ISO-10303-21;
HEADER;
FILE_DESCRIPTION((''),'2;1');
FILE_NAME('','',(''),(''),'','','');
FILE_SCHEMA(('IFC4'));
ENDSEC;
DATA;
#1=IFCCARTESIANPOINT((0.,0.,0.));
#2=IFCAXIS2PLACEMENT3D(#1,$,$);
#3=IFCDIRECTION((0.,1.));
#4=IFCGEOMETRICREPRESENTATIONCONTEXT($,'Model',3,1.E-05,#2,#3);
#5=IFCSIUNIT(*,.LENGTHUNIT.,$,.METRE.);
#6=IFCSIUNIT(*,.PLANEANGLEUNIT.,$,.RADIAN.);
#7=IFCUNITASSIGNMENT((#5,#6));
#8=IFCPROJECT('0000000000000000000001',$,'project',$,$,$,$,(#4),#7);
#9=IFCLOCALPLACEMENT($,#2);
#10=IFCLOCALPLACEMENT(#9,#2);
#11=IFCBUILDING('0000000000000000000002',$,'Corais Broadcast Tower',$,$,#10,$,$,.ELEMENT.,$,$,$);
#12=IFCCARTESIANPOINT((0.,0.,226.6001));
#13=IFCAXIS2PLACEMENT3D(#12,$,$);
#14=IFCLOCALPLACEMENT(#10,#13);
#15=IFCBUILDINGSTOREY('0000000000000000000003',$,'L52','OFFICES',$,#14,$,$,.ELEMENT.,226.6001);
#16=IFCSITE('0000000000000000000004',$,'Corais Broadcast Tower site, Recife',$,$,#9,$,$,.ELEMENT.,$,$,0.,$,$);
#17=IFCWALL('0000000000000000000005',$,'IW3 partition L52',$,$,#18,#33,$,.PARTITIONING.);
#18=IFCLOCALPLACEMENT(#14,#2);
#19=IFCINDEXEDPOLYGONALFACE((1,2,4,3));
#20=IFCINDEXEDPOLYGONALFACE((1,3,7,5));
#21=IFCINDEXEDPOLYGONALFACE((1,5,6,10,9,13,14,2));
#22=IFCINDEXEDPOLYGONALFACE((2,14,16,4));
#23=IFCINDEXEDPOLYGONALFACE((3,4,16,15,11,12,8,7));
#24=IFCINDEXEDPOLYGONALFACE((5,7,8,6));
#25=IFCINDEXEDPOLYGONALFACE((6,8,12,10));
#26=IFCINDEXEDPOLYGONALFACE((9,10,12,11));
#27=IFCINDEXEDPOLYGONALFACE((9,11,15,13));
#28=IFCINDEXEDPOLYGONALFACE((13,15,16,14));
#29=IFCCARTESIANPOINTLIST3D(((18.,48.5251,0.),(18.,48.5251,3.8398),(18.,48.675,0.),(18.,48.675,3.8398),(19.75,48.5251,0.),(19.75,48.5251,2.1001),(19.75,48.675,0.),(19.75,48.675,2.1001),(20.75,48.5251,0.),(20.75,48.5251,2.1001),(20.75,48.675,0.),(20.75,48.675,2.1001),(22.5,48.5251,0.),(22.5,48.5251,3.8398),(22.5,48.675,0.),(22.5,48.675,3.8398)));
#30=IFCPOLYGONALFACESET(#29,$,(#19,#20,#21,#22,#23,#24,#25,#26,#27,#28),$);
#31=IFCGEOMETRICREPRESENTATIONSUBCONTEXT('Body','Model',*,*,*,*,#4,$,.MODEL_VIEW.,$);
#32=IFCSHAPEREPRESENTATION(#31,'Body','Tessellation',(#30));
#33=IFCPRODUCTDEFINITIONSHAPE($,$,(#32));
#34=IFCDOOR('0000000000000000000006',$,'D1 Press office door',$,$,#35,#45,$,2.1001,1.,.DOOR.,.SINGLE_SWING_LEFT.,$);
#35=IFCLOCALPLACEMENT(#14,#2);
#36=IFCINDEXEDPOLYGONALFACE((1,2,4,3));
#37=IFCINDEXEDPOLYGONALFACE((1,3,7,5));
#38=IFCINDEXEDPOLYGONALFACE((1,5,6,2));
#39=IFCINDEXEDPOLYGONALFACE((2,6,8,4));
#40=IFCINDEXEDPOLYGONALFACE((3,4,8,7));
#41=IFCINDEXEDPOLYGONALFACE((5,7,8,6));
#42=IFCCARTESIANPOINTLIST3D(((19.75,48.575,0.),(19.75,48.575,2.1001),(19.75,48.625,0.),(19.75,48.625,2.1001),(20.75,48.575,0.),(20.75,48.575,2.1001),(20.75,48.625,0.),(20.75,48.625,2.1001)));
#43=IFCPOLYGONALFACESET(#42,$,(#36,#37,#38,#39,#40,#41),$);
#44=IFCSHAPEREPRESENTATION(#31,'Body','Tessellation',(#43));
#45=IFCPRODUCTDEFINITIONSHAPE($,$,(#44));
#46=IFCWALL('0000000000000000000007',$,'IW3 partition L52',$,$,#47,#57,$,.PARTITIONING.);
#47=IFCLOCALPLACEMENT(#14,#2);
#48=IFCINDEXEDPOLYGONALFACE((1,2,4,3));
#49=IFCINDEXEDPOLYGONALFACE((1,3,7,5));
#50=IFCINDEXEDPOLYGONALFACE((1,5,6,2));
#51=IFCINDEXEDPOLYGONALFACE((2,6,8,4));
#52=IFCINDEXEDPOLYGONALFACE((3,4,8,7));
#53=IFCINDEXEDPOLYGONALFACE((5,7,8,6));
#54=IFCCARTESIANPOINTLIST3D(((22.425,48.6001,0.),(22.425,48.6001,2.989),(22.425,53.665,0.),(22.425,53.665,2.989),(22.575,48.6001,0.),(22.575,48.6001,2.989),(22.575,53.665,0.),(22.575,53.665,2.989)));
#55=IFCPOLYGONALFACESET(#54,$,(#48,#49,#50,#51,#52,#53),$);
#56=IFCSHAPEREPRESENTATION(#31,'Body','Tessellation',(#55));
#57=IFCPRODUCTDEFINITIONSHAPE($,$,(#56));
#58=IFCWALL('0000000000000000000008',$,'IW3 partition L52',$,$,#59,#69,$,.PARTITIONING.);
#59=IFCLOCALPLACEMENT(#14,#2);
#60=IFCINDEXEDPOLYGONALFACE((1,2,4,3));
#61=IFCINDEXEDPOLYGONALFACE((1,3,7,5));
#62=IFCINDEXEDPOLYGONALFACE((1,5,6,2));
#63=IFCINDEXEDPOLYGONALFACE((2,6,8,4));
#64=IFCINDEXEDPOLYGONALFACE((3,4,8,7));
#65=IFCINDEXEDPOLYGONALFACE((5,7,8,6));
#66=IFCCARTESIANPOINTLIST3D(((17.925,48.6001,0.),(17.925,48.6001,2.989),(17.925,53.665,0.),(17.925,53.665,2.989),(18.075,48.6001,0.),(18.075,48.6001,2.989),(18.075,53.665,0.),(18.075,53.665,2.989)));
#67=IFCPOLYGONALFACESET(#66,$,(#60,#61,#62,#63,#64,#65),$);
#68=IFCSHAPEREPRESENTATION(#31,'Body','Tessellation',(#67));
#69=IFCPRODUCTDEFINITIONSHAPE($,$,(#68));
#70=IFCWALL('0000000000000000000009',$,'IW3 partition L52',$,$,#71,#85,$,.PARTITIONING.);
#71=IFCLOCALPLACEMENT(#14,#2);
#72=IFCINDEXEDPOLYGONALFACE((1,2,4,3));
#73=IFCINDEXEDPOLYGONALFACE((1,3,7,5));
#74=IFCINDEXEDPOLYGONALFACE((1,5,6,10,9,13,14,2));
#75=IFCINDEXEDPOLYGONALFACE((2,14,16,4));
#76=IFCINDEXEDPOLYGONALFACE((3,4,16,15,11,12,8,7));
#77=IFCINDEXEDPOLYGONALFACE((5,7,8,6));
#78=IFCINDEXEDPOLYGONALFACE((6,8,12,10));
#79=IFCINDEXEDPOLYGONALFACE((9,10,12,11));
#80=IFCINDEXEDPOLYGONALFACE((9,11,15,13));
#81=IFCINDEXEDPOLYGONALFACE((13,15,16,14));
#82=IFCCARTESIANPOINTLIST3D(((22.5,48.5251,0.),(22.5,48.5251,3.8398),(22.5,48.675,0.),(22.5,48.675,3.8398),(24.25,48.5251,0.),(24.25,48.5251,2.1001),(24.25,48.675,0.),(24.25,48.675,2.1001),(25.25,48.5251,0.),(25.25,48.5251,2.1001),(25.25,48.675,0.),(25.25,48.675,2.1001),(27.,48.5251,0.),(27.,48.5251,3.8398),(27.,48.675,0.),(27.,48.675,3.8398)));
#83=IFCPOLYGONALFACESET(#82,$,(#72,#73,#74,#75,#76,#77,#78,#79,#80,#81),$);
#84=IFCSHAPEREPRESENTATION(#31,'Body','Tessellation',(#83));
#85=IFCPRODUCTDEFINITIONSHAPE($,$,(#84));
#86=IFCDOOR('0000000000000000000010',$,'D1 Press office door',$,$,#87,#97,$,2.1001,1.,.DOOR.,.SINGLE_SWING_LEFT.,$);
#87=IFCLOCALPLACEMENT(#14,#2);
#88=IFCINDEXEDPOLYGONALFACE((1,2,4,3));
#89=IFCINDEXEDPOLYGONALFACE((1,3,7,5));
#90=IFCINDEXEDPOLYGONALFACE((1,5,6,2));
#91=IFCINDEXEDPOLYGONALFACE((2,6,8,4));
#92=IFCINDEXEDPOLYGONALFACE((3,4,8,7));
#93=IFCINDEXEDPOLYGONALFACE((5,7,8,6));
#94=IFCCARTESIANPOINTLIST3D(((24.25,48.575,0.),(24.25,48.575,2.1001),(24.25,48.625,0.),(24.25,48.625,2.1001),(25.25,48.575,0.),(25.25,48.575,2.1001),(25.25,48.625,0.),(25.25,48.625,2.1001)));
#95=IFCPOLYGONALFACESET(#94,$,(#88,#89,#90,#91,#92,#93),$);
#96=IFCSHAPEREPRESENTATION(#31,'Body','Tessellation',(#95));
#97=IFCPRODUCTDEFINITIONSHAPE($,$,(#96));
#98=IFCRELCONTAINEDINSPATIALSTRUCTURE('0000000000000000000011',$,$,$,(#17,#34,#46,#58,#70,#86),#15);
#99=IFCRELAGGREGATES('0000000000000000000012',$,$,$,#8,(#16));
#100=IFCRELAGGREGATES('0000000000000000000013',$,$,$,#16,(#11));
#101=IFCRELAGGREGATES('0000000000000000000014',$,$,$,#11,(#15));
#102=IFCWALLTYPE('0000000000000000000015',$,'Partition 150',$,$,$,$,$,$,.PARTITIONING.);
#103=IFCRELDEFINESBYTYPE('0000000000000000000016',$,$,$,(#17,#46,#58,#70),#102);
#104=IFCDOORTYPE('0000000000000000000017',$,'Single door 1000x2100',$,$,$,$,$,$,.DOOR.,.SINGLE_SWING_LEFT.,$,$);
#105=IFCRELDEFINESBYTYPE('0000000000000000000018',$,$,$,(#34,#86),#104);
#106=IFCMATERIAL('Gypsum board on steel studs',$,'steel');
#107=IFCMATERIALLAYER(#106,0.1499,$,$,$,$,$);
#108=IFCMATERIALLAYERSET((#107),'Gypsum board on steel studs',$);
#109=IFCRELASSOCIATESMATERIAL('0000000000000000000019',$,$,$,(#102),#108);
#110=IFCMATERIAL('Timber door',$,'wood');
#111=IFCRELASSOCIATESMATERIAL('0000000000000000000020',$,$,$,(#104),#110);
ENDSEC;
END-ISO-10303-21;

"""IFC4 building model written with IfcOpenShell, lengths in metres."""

from ifc_helpers import new_model, si_unit, direction, frame, frame_2d, origin, place, context, subcontext, project, spatial, rectangle, extrude, material, layer, layer_set, type_object, element, fill, save


model = new_model("IFC4")

# Units and contexts
model_context = context("Model", 3, precision=1e-05, world=origin(), true_north=direction((0.0, 1.0)))
body_context = subcontext(model_context, "Body", "Model", "MODEL_VIEW")
ifc_project = project(units=[si_unit("LENGTHUNIT", "METRE"), si_unit("PLANEANGLEUNIT", "RADIAN")], contexts=[model_context])

# Site, building, storey
site_placement = place(None, origin())
site = spatial("IfcSite", under=ifc_project, at=site_placement, Name="Corais Broadcast Tower site, Recife", CompositionType="ELEMENT", RefElevation=0.0)
building_placement = place(site_placement, origin())
building = spatial("IfcBuilding", under=site, at=building_placement, Name="Corais Broadcast Tower", CompositionType="ELEMENT")
storey_placement = place(building_placement, frame((0.0, 0.0, 226.6001)))
storey = spatial("IfcBuildingStorey", under=building, at=storey_placement, Name="L52", Description="OFFICES", CompositionType="ELEMENT", Elevation=226.6001)

# Wall, opening, door
ifc_material_1 = material(Name="Gypsum board on steel studs", Category="steel")
ifc_layer_1 = layer(ifc_material_1, 0.1499)
ifc_layer_set_1 = layer_set([ifc_layer_1], Name="Gypsum board on steel studs")
wall_type = type_object("IfcWallType", Name="Partition 150", PredefinedType="PARTITIONING", material=ifc_layer_set_1)
wall_1_placement = place(storey_placement, frame((18.0, 48.6001, 0.0), z_axis=(0.0, 0.0, 1.0), x_axis=(1.0, 0.0, 0.0)))
wall_1 = element("IfcWall", 1, at=wall_1_placement, inside=storey, type_object=wall_type, Name="IW3 partition L52", PredefinedType="PARTITIONING", context=body_context, shape_type="SweptSolid", body=[
    extrude(rectangle(XDim=4.5, YDim=0.1499, at=frame_2d((2.25, 0.0))), origin(), (0.0, 0.0, 1.0), 3.8398),
])
opening_1_placement = place(wall_1_placement, frame((1.75, 0.0, 0.0)))
opening_1 = element("IfcOpeningElement", 2, at=opening_1_placement, cuts=wall_1, PredefinedType="OPENING", context=body_context, shape_type="SweptSolid", body=[
    extrude(rectangle(XDim=1.0, YDim=2.1001, at=frame_2d((0.5, 1.05))), frame((0.0, 0.085, 0.0), z_axis=(0.0, -1.0, 0.0), x_axis=(1.0, 0.0, 0.0)), (0.0, 0.0, 1.0), 0.1699),
])
ifc_material_2 = material(Name="Timber door", Category="wood")
door_type = type_object("IfcDoorType", Name="Single door 1000x2100", OperationType="SINGLE_SWING_LEFT", PredefinedType="DOOR", material=ifc_material_2)
door_1_placement = place(opening_1_placement, origin())
door_1 = element("IfcDoor", 3, at=door_1_placement, inside=storey, type_object=door_type, Name="D1 Press office door", OperationType="SINGLE_SWING_LEFT", OverallHeight=2.1001, OverallWidth=1.0, PredefinedType="DOOR", context=body_context, shape_type="SweptSolid", body=[
    extrude(rectangle(XDim=1.0, YDim=2.1001, at=frame_2d((0.5, 1.05))), frame((0.0, 0.0249, 0.0), z_axis=(0.0, -1.0, 0.0), x_axis=(1.0, 0.0, 0.0)), (0.0, 0.0, 1.0), 0.05),
])
fill(opening_1, door_1)

# Walls
for number, where, z_axis, x_axis, name in (
    (4, (22.5, 48.6001, 0.0), (0.0, 0.0, 1.0), (0.0, 1.0, 0.0), "IW3 partition L52"),
    (5, (18.0, 53.665, 0.0), (0.0, 0.0, 1.0), (0.0, -1.0, 0.0), "IW3 partition L52"),
):
    element("IfcWall", number, at=place(storey_placement, frame(where, z_axis=z_axis, x_axis=x_axis)), inside=storey, type_object=wall_type, Name=name, PredefinedType="PARTITIONING", context=body_context, shape_type="SweptSolid", body=[
        extrude(rectangle(XDim=5.0649, YDim=0.1499, at=frame_2d((2.5325, 0.0))), origin(), (0.0, 0.0, 1.0), 2.989),
    ])

# Wall, opening, door
wall_2_placement = place(storey_placement, frame((22.5, 48.6001, 0.0), z_axis=(0.0, 0.0, 1.0), x_axis=(1.0, 0.0, 0.0)))
wall_2 = element("IfcWall", 6, at=wall_2_placement, inside=storey, type_object=wall_type, Name="IW3 partition L52", PredefinedType="PARTITIONING", context=body_context, shape_type="SweptSolid", body=[
    extrude(rectangle(XDim=4.5, YDim=0.1499, at=frame_2d((2.25, 0.0))), origin(), (0.0, 0.0, 1.0), 3.8398),
])
opening_2_placement = place(wall_2_placement, frame((1.75, 0.0, 0.0)))
opening_2 = element("IfcOpeningElement", 7, at=opening_2_placement, cuts=wall_2, PredefinedType="OPENING", context=body_context, shape_type="SweptSolid", body=[
    extrude(rectangle(XDim=1.0, YDim=2.1001, at=frame_2d((0.5, 1.05))), frame((0.0, 0.085, 0.0), z_axis=(0.0, -1.0, 0.0), x_axis=(1.0, 0.0, 0.0)), (0.0, 0.0, 1.0), 0.1699),
])
door_2_placement = place(opening_2_placement, origin())
door_2 = element("IfcDoor", 8, at=door_2_placement, inside=storey, type_object=door_type, Name="D1 Press office door", OperationType="SINGLE_SWING_LEFT", OverallHeight=2.1001, OverallWidth=1.0, PredefinedType="DOOR", context=body_context, shape_type="SweptSolid", body=[
    extrude(rectangle(XDim=1.0, YDim=2.1001, at=frame_2d((0.5, 1.05))), frame((0.0, 0.0249, 0.0), z_axis=(0.0, -1.0, 0.0), x_axis=(1.0, 0.0, 0.0)), (0.0, 0.0, 1.0), 0.05),
])
fill(opening_2, door_2)

save(model, "model.ifc")
